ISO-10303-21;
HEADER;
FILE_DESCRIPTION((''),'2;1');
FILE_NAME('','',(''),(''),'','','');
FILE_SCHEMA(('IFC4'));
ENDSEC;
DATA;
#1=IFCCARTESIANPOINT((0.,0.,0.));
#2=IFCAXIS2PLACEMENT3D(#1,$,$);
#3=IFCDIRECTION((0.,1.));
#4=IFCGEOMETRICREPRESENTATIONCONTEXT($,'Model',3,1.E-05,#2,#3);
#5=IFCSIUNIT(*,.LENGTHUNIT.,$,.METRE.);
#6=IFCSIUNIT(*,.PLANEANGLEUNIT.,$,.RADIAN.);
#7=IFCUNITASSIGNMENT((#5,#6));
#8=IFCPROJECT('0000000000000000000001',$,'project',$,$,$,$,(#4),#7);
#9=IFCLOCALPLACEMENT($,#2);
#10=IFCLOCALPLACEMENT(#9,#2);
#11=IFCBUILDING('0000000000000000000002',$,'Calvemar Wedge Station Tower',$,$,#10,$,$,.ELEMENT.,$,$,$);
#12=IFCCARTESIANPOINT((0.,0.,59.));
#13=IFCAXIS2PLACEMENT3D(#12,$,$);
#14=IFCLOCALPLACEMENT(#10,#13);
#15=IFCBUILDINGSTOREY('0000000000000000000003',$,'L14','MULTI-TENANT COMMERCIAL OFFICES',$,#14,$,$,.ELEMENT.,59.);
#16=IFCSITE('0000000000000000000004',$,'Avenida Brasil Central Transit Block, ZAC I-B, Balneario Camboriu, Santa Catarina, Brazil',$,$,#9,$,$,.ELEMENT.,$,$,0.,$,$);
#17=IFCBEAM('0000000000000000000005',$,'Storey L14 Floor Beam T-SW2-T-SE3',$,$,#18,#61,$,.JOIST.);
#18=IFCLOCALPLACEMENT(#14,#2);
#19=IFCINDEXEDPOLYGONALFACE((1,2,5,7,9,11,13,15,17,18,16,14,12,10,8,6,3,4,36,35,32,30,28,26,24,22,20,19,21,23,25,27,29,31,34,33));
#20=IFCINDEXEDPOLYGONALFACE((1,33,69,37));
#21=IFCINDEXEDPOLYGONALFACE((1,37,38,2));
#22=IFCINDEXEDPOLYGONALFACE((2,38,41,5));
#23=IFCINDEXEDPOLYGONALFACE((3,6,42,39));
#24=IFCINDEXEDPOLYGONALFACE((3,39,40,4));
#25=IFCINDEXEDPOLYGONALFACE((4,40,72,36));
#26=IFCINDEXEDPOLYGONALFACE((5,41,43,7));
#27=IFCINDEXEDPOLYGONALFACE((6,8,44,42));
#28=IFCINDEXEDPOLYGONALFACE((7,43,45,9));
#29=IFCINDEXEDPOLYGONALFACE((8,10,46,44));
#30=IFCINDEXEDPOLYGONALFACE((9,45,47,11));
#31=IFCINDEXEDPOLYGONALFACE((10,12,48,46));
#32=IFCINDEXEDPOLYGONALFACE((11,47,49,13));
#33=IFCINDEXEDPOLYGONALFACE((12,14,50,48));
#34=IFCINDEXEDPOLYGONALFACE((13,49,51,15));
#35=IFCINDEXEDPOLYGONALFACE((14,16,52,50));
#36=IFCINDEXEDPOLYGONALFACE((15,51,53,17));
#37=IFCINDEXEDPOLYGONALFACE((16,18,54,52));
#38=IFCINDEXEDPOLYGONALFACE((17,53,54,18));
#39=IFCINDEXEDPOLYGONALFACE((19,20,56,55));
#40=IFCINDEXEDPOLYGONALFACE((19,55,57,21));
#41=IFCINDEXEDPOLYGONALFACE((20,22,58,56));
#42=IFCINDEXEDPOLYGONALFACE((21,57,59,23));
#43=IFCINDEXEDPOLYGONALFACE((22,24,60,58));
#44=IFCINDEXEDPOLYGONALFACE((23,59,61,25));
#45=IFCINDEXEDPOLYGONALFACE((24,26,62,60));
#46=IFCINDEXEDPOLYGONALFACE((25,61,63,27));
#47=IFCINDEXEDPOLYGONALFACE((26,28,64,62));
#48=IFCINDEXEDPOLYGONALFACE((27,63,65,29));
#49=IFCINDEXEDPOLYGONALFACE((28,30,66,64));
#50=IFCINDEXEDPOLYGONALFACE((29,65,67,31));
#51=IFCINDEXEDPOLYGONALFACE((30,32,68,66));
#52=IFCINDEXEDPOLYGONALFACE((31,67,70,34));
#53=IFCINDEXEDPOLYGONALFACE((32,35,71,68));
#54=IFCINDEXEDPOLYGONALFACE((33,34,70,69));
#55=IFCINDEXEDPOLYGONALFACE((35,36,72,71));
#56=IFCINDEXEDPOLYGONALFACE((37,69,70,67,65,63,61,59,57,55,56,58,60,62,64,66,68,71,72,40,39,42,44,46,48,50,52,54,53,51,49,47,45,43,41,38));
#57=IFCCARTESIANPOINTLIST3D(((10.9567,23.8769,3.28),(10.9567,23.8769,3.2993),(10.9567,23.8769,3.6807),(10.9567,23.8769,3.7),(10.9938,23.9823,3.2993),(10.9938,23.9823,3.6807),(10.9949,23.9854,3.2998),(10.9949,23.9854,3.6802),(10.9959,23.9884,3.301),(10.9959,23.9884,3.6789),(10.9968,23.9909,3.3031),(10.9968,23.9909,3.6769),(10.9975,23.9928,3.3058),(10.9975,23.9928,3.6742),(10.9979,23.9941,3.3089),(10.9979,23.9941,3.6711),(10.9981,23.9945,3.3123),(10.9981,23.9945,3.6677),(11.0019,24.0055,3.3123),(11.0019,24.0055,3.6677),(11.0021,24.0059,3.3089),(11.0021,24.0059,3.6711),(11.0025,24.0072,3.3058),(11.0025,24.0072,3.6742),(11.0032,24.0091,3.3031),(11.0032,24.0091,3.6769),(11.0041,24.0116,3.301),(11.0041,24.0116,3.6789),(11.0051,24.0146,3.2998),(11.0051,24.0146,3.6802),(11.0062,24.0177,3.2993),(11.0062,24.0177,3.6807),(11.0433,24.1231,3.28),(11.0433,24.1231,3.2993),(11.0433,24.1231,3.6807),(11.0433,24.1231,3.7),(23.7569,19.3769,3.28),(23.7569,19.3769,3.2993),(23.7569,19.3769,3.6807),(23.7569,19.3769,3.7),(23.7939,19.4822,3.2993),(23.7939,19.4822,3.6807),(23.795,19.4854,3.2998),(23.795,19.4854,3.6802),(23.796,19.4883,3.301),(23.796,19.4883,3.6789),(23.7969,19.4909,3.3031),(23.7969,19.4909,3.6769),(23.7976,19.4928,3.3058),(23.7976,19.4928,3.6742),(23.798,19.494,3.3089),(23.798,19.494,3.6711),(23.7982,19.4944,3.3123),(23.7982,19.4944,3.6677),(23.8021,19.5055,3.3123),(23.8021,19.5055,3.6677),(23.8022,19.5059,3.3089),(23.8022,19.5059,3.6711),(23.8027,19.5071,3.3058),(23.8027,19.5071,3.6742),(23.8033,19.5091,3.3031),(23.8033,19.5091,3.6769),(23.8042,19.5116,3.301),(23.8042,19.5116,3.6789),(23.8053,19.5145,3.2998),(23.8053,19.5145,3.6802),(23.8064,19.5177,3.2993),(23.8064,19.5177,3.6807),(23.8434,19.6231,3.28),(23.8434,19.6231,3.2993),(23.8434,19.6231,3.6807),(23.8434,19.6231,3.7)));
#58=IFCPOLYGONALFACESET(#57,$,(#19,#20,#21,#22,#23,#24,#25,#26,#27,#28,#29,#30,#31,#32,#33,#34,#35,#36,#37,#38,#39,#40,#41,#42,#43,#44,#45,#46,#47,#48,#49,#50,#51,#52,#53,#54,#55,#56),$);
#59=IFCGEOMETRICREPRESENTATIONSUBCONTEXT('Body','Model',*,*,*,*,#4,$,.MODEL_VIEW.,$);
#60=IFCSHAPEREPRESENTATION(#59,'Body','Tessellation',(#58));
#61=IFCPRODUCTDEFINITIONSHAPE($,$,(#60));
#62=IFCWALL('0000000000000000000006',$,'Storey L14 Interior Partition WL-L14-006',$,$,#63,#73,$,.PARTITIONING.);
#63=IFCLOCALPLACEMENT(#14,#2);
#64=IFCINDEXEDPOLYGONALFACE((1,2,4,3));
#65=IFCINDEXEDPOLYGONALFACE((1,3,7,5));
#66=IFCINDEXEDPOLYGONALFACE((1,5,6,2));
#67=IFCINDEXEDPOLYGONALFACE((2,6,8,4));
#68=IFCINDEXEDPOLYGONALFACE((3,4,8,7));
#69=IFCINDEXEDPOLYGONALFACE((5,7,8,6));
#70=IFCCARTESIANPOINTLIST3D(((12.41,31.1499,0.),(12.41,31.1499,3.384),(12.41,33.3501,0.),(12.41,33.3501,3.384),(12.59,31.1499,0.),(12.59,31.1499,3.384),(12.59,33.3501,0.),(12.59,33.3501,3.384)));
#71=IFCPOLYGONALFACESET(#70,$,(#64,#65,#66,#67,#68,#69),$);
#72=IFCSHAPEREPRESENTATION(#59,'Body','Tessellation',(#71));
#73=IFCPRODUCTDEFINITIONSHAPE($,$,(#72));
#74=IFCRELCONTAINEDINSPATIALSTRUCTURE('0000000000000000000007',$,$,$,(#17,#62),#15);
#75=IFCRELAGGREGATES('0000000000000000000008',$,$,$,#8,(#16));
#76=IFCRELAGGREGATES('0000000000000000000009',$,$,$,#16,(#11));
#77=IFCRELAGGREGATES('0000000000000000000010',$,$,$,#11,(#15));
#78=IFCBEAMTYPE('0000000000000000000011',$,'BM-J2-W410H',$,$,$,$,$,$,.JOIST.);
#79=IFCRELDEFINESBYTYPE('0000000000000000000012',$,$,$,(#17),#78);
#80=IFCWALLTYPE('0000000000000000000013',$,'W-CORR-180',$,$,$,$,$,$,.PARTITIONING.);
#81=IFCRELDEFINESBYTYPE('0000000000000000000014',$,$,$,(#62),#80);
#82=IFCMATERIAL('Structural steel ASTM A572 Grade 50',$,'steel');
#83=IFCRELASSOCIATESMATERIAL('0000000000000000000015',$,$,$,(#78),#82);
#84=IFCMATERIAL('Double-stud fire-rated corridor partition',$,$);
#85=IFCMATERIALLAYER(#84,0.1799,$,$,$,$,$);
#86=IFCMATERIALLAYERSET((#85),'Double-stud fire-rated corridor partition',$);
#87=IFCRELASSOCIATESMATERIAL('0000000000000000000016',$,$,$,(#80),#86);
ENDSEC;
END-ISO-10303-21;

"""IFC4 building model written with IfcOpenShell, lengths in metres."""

from ifc_helpers import new_model, si_unit, direction, frame, frame_2d, origin, origin_2d, place, context, subcontext, project, spatial, rectangle, i_section, extrude, source, transform, mapped, material, layer, layer_set, material_profile, profile_set, type_object, element, save


model = new_model("IFC4")

# Units and contexts
model_context = context("Model", 3, precision=1e-05, world=origin(), true_north=direction((0.0, 1.0)))
body_context = subcontext(model_context, "Body", "Model", "MODEL_VIEW")
ifc_project = project(units=[si_unit("LENGTHUNIT", "METRE"), si_unit("PLANEANGLEUNIT", "RADIAN")], contexts=[model_context])

# Site, building, storey
site_placement = place(None, origin())
site = spatial("IfcSite", under=ifc_project, at=site_placement, Name="Avenida Brasil Central Transit Block, ZAC I-B, Balneario Camboriu, Santa Catarina, Brazil", CompositionType="ELEMENT", RefElevation=0.0)
building_placement = place(site_placement, origin())
building = spatial("IfcBuilding", under=site, at=building_placement, Name="Calvemar Wedge Station Tower", CompositionType="ELEMENT")
storey_placement = place(building_placement, frame((0.0, 0.0, 59.0)))
storey = spatial("IfcBuildingStorey", under=building, at=storey_placement, Name="L14", Description="MULTI-TENANT COMMERCIAL OFFICES", CompositionType="ELEMENT", Elevation=59.0)

# Beam
ifc_material_1 = material(Name="Structural steel ASTM A572 Grade 50", Category="steel")
ifc_material_profile_1 = material_profile(ifc_material_1, i_section(OverallWidth=0.261, OverallDepth=0.4199, WebThickness=0.0117, FlangeThickness=0.0193, FilletRadius=0.0129, at=origin_2d()), Name="W410x114")
ifc_profile_set_1 = profile_set([ifc_material_profile_1], Name="Structural steel ASTM A572 Grade 50")
beam_type_1 = type_object("IfcBeamType", Name="BM-J2-W410H", PredefinedType="JOIST", material=ifc_profile_set_1)
shared_shape_1 = source(origin(), body_context, "Body", "SweptSolid", [
    extrude(i_section(OverallWidth=0.261, OverallDepth=0.4199, WebThickness=0.0117, FlangeThickness=0.0193, FilletRadius=0.0129, at=origin_2d()), origin(), (0.0, 0.0, 1.0), 13.5681),
])
beam_1_placement = place(storey_placement, frame((11.0, 24.0, 3.49), z_axis=(0.943398, -0.331662, 0.0), x_axis=(0.331662, 0.943398, 0.0)))
element("IfcBeam", 1, at=beam_1_placement, inside=storey, type_object=beam_type_1, Name="Storey L14 Floor Beam T-SW2-T-SE3", PredefinedType="JOIST", context=body_context, shape_type="MappedRepresentation", body=[
    mapped(shared_shape_1, transform((0.0, 0.0, 0.0), scale=1.0)),
])

# Wall
ifc_material_2 = material(Name="Double-stud fire-rated corridor partition")
ifc_layer_1 = layer(ifc_material_2, 0.1799)
ifc_layer_set_1 = layer_set([ifc_layer_1], Name="Double-stud fire-rated corridor partition")
wall_type_1 = type_object("IfcWallType", Name="W-CORR-180", PredefinedType="PARTITIONING", material=ifc_layer_set_1)
wall_1_placement = place(storey_placement, frame((12.5, 31.1499, 0.0), z_axis=(0.0, 0.0, 1.0), x_axis=(0.0, 1.0, 0.0)))
element("IfcWall", 2, at=wall_1_placement, inside=storey, type_object=wall_type_1, Name="Storey L14 Interior Partition WL-L14-006", PredefinedType="PARTITIONING", context=body_context, shape_type="SweptSolid", body=[
    extrude(rectangle(XDim=2.2002, YDim=0.1799, at=frame_2d((1.1001, 0.0))), origin(), (0.0, 0.0, 1.0), 3.384),
])

save(model, "model.ifc")
